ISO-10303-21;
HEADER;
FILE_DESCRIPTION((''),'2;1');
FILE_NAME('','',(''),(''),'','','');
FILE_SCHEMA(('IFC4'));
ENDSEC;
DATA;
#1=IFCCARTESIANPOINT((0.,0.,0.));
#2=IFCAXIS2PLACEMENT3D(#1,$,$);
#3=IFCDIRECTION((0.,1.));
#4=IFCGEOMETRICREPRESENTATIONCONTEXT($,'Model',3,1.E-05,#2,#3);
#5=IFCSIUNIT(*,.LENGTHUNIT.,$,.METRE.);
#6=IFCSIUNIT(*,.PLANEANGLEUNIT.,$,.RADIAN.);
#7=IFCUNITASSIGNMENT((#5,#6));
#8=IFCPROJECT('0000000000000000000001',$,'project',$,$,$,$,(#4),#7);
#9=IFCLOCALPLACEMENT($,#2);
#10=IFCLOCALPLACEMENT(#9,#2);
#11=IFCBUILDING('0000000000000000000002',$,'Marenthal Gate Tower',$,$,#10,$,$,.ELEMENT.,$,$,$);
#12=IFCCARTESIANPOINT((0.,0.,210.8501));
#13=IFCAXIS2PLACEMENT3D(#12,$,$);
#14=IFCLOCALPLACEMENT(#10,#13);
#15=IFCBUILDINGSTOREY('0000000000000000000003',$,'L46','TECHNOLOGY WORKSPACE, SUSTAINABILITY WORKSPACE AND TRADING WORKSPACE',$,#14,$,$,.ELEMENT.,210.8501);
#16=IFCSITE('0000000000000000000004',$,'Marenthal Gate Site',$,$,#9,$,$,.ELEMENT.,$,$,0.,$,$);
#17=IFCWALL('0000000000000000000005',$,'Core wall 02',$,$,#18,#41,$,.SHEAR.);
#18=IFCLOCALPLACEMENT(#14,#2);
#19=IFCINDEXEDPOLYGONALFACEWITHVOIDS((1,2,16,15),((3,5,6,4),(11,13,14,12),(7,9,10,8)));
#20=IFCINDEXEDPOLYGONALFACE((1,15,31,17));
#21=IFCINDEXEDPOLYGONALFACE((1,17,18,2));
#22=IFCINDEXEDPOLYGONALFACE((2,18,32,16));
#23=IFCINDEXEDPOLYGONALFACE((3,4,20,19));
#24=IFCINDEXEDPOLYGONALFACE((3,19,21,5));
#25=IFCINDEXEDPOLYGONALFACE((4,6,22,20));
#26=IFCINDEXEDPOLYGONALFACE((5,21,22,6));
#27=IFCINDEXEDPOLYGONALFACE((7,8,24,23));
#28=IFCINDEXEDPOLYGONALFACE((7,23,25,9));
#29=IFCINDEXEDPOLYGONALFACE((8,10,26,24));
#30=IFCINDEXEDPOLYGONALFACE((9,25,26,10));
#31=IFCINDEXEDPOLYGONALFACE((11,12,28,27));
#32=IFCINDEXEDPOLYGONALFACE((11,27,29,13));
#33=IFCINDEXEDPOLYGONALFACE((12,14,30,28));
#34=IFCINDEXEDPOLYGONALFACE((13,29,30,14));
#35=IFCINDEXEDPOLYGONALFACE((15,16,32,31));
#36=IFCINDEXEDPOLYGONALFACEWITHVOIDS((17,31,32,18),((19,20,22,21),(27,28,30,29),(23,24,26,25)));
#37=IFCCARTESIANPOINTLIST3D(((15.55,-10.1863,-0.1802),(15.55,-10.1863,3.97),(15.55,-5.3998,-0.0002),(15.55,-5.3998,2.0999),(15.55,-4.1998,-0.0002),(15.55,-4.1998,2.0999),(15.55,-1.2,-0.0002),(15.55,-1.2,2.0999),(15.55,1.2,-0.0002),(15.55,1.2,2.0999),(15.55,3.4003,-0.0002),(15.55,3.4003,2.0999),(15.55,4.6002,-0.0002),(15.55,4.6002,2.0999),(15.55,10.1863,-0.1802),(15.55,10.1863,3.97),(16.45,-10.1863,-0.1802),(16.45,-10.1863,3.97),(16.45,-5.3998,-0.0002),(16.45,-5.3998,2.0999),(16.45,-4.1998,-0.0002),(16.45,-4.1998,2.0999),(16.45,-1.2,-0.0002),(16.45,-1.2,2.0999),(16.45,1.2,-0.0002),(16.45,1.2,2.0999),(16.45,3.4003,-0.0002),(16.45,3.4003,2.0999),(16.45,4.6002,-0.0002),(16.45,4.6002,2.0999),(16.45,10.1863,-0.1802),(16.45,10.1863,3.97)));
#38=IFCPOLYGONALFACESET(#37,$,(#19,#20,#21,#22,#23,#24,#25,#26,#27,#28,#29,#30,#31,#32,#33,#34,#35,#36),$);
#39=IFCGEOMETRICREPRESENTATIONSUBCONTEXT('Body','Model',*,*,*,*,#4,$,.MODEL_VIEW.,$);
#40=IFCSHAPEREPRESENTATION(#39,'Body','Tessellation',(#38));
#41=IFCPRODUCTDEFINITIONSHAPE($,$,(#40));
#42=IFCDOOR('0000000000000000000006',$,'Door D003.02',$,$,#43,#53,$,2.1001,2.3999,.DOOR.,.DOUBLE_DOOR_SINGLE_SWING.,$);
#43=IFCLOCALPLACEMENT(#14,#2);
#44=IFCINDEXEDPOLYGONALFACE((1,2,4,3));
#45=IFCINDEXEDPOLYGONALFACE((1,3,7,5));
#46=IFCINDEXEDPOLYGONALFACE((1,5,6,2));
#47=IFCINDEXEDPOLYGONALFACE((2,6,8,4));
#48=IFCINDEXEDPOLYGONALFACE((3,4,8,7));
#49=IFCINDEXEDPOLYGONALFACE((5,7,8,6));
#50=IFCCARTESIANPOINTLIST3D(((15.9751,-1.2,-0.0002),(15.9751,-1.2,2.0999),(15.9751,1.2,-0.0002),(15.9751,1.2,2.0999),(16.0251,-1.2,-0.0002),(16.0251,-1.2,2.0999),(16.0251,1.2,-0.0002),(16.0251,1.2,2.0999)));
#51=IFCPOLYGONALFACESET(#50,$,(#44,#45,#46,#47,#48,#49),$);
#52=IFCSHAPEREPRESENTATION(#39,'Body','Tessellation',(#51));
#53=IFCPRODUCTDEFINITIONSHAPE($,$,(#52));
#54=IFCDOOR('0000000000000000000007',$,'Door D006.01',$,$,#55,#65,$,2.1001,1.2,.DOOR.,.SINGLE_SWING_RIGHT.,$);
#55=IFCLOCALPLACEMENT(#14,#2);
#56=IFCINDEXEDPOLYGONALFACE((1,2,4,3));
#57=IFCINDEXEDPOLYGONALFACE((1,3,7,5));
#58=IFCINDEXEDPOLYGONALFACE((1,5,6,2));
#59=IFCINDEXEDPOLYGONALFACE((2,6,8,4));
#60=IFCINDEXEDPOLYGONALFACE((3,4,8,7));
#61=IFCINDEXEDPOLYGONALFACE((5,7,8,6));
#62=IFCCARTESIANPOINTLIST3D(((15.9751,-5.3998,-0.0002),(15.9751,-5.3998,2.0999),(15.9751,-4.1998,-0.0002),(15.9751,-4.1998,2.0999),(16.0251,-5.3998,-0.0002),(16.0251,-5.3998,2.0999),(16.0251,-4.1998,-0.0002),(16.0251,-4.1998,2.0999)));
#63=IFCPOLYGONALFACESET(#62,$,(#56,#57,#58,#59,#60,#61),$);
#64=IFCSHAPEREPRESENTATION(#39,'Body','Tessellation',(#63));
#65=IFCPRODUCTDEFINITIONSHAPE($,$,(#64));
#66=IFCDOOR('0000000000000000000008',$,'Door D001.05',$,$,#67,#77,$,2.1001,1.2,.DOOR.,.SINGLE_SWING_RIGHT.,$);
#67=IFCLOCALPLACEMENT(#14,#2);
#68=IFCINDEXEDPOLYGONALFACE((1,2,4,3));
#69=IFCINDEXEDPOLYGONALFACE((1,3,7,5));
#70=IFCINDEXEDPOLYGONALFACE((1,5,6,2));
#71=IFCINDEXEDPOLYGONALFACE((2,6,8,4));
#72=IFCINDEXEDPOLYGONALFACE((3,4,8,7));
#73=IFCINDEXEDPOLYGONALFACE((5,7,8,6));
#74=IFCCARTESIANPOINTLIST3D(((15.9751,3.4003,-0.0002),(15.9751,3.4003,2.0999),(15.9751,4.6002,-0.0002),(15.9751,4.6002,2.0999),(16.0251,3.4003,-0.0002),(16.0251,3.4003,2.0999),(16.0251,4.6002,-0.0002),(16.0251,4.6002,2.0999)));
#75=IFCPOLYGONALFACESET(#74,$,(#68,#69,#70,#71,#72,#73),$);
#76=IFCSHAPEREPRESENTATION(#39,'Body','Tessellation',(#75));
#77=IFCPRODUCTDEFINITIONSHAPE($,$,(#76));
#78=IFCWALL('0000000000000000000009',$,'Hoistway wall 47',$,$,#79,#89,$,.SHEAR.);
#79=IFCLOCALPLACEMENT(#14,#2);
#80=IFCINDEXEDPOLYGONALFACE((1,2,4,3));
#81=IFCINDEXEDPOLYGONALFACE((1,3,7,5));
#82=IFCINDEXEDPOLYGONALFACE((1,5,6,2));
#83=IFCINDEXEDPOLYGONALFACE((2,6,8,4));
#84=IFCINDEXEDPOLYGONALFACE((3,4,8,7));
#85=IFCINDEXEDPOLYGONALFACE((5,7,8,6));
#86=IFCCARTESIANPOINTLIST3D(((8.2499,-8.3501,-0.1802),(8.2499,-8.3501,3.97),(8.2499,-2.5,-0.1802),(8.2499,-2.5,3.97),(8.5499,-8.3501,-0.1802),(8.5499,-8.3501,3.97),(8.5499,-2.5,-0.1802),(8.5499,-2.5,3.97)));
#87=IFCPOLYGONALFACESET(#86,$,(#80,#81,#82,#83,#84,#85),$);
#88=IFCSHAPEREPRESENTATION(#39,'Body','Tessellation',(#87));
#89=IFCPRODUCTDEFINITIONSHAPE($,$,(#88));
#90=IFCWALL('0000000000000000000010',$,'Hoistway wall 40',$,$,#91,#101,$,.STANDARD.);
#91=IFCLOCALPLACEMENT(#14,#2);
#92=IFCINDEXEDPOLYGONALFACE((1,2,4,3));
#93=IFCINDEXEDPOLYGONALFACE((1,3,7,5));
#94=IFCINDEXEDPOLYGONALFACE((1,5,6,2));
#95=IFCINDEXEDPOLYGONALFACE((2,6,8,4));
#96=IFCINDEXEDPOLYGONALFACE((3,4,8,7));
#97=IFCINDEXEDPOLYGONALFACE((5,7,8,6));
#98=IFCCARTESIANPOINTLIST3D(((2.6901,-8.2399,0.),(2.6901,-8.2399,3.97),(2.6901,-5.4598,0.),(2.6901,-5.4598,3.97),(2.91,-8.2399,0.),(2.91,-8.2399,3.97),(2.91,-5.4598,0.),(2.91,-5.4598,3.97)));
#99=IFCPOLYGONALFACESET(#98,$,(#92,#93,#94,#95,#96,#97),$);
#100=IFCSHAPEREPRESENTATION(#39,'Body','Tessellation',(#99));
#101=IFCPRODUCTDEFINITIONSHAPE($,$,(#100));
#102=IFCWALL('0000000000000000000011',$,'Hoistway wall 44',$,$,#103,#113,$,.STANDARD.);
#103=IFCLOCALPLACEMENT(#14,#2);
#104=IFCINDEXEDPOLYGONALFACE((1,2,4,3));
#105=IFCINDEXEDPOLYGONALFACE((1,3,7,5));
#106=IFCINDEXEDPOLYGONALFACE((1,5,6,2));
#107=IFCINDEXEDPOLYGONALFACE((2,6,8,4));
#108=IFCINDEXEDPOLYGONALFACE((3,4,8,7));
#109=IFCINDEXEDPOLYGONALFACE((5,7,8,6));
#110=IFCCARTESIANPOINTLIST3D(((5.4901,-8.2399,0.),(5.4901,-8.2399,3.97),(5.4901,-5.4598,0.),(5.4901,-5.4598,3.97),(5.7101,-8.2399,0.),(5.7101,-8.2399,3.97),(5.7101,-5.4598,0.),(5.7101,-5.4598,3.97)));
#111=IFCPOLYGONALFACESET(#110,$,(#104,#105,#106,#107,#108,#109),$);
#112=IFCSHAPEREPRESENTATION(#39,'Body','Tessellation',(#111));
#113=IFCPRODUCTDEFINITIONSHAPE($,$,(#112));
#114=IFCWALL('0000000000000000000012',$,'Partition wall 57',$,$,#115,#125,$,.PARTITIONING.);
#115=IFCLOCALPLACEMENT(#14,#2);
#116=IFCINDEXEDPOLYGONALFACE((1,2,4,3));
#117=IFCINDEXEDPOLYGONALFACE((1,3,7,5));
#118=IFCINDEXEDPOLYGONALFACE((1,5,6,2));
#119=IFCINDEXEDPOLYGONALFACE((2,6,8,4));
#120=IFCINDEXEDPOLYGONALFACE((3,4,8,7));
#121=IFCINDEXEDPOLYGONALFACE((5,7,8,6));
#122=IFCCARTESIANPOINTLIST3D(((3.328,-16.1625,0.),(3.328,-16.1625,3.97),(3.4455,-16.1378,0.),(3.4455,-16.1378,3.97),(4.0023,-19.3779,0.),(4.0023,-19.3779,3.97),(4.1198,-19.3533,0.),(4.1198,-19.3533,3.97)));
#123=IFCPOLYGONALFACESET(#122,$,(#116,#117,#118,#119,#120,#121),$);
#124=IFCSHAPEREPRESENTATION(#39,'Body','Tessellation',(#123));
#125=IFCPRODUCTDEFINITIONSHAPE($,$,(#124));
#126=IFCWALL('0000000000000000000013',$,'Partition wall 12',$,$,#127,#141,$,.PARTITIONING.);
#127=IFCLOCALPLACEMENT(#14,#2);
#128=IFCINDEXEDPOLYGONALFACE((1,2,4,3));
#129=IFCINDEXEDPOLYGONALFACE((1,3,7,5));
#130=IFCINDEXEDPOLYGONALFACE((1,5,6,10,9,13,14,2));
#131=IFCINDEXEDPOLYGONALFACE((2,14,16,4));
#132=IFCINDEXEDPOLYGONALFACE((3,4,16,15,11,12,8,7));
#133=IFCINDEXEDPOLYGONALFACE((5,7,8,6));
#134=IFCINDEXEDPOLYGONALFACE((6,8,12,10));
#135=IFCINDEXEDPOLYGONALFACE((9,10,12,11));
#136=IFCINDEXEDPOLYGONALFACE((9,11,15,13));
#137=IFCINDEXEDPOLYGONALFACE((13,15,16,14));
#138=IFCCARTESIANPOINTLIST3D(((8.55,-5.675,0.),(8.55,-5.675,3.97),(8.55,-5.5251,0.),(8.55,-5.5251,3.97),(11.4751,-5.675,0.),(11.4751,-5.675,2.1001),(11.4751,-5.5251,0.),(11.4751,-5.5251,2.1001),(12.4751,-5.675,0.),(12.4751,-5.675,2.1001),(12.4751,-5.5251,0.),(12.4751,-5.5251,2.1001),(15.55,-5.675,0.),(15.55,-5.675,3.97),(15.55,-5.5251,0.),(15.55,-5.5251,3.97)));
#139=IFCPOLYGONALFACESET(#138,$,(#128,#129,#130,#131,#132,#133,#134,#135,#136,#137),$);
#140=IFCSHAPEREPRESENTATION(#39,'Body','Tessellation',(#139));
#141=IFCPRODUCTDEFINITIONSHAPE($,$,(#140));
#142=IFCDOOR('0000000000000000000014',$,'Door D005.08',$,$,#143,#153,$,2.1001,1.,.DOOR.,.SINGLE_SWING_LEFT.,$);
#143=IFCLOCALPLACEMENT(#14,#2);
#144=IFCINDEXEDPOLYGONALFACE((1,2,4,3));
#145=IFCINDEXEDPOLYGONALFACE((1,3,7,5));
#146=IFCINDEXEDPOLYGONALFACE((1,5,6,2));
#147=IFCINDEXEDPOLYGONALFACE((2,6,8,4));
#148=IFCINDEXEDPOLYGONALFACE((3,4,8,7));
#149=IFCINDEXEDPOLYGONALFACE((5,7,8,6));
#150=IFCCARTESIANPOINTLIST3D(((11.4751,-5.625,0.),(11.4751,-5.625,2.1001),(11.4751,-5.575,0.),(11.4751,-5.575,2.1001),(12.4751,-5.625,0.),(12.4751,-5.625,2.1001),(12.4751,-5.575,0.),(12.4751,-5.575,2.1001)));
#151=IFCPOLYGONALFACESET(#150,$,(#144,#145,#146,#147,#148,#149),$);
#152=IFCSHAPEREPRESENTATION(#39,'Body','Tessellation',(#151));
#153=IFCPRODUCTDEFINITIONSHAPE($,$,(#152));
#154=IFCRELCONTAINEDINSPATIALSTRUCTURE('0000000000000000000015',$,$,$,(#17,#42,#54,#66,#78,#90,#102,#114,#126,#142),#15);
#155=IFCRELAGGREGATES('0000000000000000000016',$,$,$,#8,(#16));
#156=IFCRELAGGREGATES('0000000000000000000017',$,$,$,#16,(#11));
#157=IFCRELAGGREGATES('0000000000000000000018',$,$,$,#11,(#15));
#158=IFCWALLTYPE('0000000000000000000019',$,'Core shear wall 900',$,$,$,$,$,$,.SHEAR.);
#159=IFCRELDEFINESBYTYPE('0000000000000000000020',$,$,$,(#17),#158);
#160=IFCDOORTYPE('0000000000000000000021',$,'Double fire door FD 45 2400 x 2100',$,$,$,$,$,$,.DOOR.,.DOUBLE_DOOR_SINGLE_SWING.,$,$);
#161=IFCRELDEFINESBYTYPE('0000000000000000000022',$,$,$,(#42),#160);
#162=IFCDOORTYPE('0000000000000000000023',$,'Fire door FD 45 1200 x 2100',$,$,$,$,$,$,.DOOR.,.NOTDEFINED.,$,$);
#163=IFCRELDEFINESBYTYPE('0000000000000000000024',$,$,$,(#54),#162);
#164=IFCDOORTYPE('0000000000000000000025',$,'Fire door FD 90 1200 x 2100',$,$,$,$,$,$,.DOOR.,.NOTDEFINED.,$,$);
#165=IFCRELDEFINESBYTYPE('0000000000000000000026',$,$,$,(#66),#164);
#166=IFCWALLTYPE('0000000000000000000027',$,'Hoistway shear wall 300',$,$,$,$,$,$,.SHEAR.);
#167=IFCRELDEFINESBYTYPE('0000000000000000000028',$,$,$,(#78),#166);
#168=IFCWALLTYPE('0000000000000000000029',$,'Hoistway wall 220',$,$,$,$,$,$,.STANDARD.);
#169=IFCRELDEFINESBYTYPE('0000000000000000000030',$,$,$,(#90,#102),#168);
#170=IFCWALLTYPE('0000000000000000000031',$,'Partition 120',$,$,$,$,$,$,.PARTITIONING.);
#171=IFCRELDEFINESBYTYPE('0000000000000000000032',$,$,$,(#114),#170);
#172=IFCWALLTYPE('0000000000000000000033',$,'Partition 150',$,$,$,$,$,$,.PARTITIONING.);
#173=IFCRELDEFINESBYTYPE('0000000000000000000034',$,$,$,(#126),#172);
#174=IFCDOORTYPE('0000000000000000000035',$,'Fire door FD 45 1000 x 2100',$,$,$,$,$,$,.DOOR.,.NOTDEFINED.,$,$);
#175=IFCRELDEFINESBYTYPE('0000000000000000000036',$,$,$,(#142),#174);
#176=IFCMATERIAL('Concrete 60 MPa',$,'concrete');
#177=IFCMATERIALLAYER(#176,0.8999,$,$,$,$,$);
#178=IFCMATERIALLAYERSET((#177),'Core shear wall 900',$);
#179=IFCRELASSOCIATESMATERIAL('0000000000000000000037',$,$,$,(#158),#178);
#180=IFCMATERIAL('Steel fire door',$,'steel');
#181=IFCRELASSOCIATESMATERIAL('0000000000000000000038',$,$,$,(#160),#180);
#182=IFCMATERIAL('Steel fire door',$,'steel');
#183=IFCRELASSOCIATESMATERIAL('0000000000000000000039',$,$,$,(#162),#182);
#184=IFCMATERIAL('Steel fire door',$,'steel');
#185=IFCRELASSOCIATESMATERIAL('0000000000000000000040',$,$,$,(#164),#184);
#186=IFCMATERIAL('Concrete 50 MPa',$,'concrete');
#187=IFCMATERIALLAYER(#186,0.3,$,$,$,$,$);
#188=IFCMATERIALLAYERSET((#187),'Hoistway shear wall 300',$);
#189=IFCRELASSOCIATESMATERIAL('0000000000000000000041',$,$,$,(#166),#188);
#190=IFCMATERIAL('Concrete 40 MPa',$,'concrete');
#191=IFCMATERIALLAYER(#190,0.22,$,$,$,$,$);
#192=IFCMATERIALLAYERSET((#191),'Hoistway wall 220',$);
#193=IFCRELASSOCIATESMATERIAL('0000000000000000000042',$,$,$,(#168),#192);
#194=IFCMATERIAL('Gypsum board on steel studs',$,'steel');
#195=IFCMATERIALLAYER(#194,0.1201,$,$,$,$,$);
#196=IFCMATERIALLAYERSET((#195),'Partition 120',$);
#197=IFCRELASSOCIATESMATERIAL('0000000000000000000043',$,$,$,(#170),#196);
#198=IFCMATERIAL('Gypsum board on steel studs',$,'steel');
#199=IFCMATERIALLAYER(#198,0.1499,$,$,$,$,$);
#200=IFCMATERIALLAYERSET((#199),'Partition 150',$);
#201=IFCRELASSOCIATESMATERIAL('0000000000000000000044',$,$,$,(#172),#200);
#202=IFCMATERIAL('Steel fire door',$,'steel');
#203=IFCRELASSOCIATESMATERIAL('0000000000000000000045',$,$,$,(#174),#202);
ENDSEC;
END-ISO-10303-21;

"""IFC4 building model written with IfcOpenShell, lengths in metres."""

from ifc_helpers import new_model, si_unit, direction, frame, frame_2d, origin, place, context, subcontext, project, spatial, rectangle, extrude, material, layer, layer_set, type_object, element, fill, save


model = new_model("IFC4")

# Units and contexts
model_context = context("Model", 3, precision=1e-05, world=origin(), true_north=direction((0.0, 1.0)))
body_context = subcontext(model_context, "Body", "Model", "MODEL_VIEW")
ifc_project = project(units=[si_unit("LENGTHUNIT", "METRE"), si_unit("PLANEANGLEUNIT", "RADIAN")], contexts=[model_context])

# Site, building, storey
site_placement = place(None, origin())
site = spatial("IfcSite", under=ifc_project, at=site_placement, Name="Marenthal Gate Site", CompositionType="ELEMENT", RefElevation=0.0)
building_placement = place(site_placement, origin())
building = spatial("IfcBuilding", under=site, at=building_placement, Name="Marenthal Gate Tower", CompositionType="ELEMENT")
storey_placement = place(building_placement, frame((0.0, 0.0, 210.8501)))
storey = spatial("IfcBuildingStorey", under=building, at=storey_placement, Name="L46", Description="TECHNOLOGY WORKSPACE, SUSTAINABILITY WORKSPACE AND TRADING WORKSPACE", CompositionType="ELEMENT", Elevation=210.8501)

# Shared definitions
ifc_material_1 = material(Name="Concrete 60 MPa", Category="concrete")
ifc_layer_1 = layer(ifc_material_1, 0.8999)
ifc_layer_set_1 = layer_set([ifc_layer_1], Name="Core shear wall 900")
wall_type_1 = type_object("IfcWallType", Name="Core shear wall 900", PredefinedType="SHEAR", material=ifc_layer_set_1)

# Wall, openings, doors
wall_1_placement = place(storey_placement, frame((16.0, -10.1863, -0.1802), z_axis=(0.0, 0.0, 1.0), x_axis=(0.0, 1.0, 0.0)))
wall_1 = element("IfcWall", 1, at=wall_1_placement, inside=storey, type_object=wall_type_1, Name="Core wall 02", PredefinedType="SHEAR", context=body_context, shape_type="SweptSolid", body=[
    extrude(rectangle(XDim=20.3726, YDim=0.8999, at=frame_2d((10.1863, 0.0))), origin(), (0.0, 0.0, 1.0), 4.1501),
])
opening_1_placement = place(wall_1_placement, frame((8.9863, 0.0, 0.1799)))
opening_1 = element("IfcOpeningElement", 2, at=opening_1_placement, cuts=wall_1, PredefinedType="OPENING", context=body_context, shape_type="SweptSolid", body=[
    extrude(rectangle(XDim=2.3999, YDim=2.1001, at=frame_2d((1.2, 1.05))), frame((0.0, 0.46, 0.0), z_axis=(0.0, -1.0, 0.0), x_axis=(1.0, 0.0, 0.0)), (0.0, 0.0, 1.0), 0.9199),
])
opening_2_placement = place(wall_1_placement, frame((13.5864, 0.0, 0.1799)))
opening_2 = element("IfcOpeningElement", 3, at=opening_2_placement, cuts=wall_1, PredefinedType="OPENING", context=body_context, shape_type="SweptSolid", body=[
    extrude(rectangle(XDim=1.2, YDim=2.1001, at=frame_2d((0.6001, 1.05))), frame((0.0, 0.46, 0.0), z_axis=(0.0, -1.0, 0.0), x_axis=(1.0, 0.0, 0.0)), (0.0, 0.0, 1.0), 0.9199),
])
opening_3_placement = place(wall_1_placement, frame((4.7864, 0.0, 0.1799)))
opening_3 = element("IfcOpeningElement", 4, at=opening_3_placement, cuts=wall_1, PredefinedType="OPENING", context=body_context, shape_type="SweptSolid", body=[
    extrude(rectangle(XDim=1.2, YDim=2.1001, at=frame_2d((0.6001, 1.05))), frame((0.0, 0.46, 0.0), z_axis=(0.0, -1.0, 0.0), x_axis=(1.0, 0.0, 0.0)), (0.0, 0.0, 1.0), 0.9199),
])
ifc_material_2 = material(Name="Steel fire door", Category="steel")
door_type_1 = type_object("IfcDoorType", Name="Double fire door FD 45 2400 x 2100", OperationType="DOUBLE_DOOR_SINGLE_SWING", PredefinedType="DOOR", material=ifc_material_2)
door_1_placement = place(opening_1_placement, origin())
door_1 = element("IfcDoor", 5, at=door_1_placement, inside=storey, type_object=door_type_1, Name="Door D003.02", OperationType="DOUBLE_DOOR_SINGLE_SWING", OverallHeight=2.1001, OverallWidth=2.3999, PredefinedType="DOOR", context=body_context, shape_type="SweptSolid", body=[
    extrude(rectangle(XDim=2.3999, YDim=2.1001, at=frame_2d((1.2, 1.05))), frame((0.0, 0.0249, 0.0), z_axis=(0.0, -1.0, 0.0), x_axis=(1.0, 0.0, 0.0)), (0.0, 0.0, 1.0), 0.05),
])
fill(opening_1, door_1)
ifc_material_3 = material(Name="Steel fire door", Category="steel")
door_type_2 = type_object("IfcDoorType", Name="Fire door FD 45 1200 x 2100", OperationType="NOTDEFINED", PredefinedType="DOOR", material=ifc_material_3)
door_2_placement = place(opening_3_placement, origin())
door_2 = element("IfcDoor", 6, at=door_2_placement, inside=storey, type_object=door_type_2, Name="Door D006.01", OperationType="SINGLE_SWING_RIGHT", OverallHeight=2.1001, OverallWidth=1.2, PredefinedType="DOOR", context=body_context, shape_type="SweptSolid", body=[
    extrude(rectangle(XDim=1.2, YDim=2.1001, at=frame_2d((0.6001, 1.05))), frame((0.0, 0.0249, 0.0), z_axis=(0.0, -1.0, 0.0), x_axis=(1.0, 0.0, 0.0)), (0.0, 0.0, 1.0), 0.05),
])
fill(opening_3, door_2)
ifc_material_4 = material(Name="Steel fire door", Category="steel")
door_type_3 = type_object("IfcDoorType", Name="Fire door FD 90 1200 x 2100", OperationType="NOTDEFINED", PredefinedType="DOOR", material=ifc_material_4)
door_3_placement = place(opening_2_placement, origin())
door_3 = element("IfcDoor", 7, at=door_3_placement, inside=storey, type_object=door_type_3, Name="Door D001.05", OperationType="SINGLE_SWING_RIGHT", OverallHeight=2.1001, OverallWidth=1.2, PredefinedType="DOOR", context=body_context, shape_type="SweptSolid", body=[
    extrude(rectangle(XDim=1.2, YDim=2.1001, at=frame_2d((0.6001, 1.05))), frame((0.0, 0.0249, 0.0), z_axis=(0.0, -1.0, 0.0), x_axis=(1.0, 0.0, 0.0)), (0.0, 0.0, 1.0), 0.05),
])
fill(opening_2, door_3)

# Walls
ifc_material_5 = material(Name="Concrete 50 MPa", Category="concrete")
ifc_layer_2 = layer(ifc_material_5, 0.3)
ifc_layer_set_2 = layer_set([ifc_layer_2], Name="Hoistway shear wall 300")
wall_type_2 = type_object("IfcWallType", Name="Hoistway shear wall 300", PredefinedType="SHEAR", material=ifc_layer_set_2)
wall_2_placement = place(storey_placement, frame((8.3999, -8.3501, -0.1802), z_axis=(0.0, 0.0, 1.0), x_axis=(0.0, 1.0, 0.0)))
element("IfcWall", 8, at=wall_2_placement, inside=storey, type_object=wall_type_2, Name="Hoistway wall 47", PredefinedType="SHEAR", context=body_context, shape_type="SweptSolid", body=[
    extrude(rectangle(XDim=5.8501, YDim=0.3, at=frame_2d((2.925, 0.0))), origin(), (0.0, 0.0, 1.0), 4.1501),
])
ifc_material_6 = material(Name="Concrete 40 MPa", Category="concrete")
ifc_layer_3 = layer(ifc_material_6, 0.22)
ifc_layer_set_3 = layer_set([ifc_layer_3], Name="Hoistway wall 220")
wall_type_3 = type_object("IfcWallType", Name="Hoistway wall 220", PredefinedType="STANDARD", material=ifc_layer_set_3)
for number, where, z_axis, x_axis, name in (
    (9, (2.8, -8.24, 0.0), (0.0, 0.0, 1.0), (0.0, 1.0, 0.0), "Hoistway wall 40"),
    (10, (5.6001, -8.24, 0.0), (0.0, 0.0, 1.0), (0.0, 1.0, 0.0), "Hoistway wall 44"),
):
    element("IfcWall", number, at=place(storey_placement, frame(where, z_axis=z_axis, x_axis=x_axis)), inside=storey, type_object=wall_type_3, Name=name, PredefinedType="STANDARD", context=body_context, shape_type="SweptSolid", body=[
        extrude(rectangle(XDim=2.78, YDim=0.22, at=frame_2d((1.3901, 0.0))), origin(), (0.0, 0.0, 1.0), 3.97),
    ])
ifc_material_7 = material(Name="Gypsum board on steel studs", Category="steel")
ifc_layer_4 = layer(ifc_material_7, 0.1201)
ifc_layer_set_4 = layer_set([ifc_layer_4], Name="Partition 120")
wall_type_4 = type_object("IfcWallType", Name="Partition 120", PredefinedType="PARTITIONING", material=ifc_layer_set_4)
wall_3_placement = place(storey_placement, frame((4.061, -19.3655, 0.0), z_axis=(0.0, 0.0, 1.0), x_axis=(-0.205239, 0.978712, 0.0)))
element("IfcWall", 11, at=wall_3_placement, inside=storey, type_object=wall_type_4, Name="Partition wall 57", PredefinedType="PARTITIONING", context=body_context, shape_type="SweptSolid", body=[
    extrude(rectangle(XDim=3.2854, YDim=0.1201, at=frame_2d((1.6426, 0.0))), origin(), (0.0, 0.0, 1.0), 3.97),
])

# Wall, opening, door
ifc_material_8 = material(Name="Gypsum board on steel studs", Category="steel")
ifc_layer_5 = layer(ifc_material_8, 0.1499)
ifc_layer_set_5 = layer_set([ifc_layer_5], Name="Partition 150")
wall_type_5 = type_object("IfcWallType", Name="Partition 150", PredefinedType="PARTITIONING", material=ifc_layer_set_5)
wall_4_placement = place(storey_placement, frame((8.55, -5.6001, 0.0), z_axis=(0.0, 0.0, 1.0), x_axis=(1.0, 0.0, 0.0)))
wall_4 = element("IfcWall", 12, at=wall_4_placement, inside=storey, type_object=wall_type_5, Name="Partition wall 12", PredefinedType="PARTITIONING", context=body_context, shape_type="SweptSolid", body=[
    extrude(rectangle(XDim=7.0, YDim=0.1499, at=frame_2d((3.5, 0.0))), origin(), (0.0, 0.0, 1.0), 3.97),
])
opening_4_placement = place(wall_4_placement, frame((2.925, 0.0, 0.0)))
opening_4 = element("IfcOpeningElement", 13, at=opening_4_placement, cuts=wall_4, PredefinedType="OPENING", context=body_context, shape_type="SweptSolid", body=[
    extrude(rectangle(XDim=1.0, YDim=2.1001, at=frame_2d((0.5, 1.05))), frame((0.0, 0.085, 0.0), z_axis=(0.0, -1.0, 0.0), x_axis=(1.0, 0.0, 0.0)), (0.0, 0.0, 1.0), 0.1699),
])
ifc_material_9 = material(Name="Steel fire door", Category="steel")
door_type_4 = type_object("IfcDoorType", Name="Fire door FD 45 1000 x 2100", OperationType="NOTDEFINED", PredefinedType="DOOR", material=ifc_material_9)
door_4_placement = place(opening_4_placement, frame((1.0, 0.0, 0.0), z_axis=(0.0, 0.0, 1.0), x_axis=(-1.0, 0.0, 0.0)))
door_4 = element("IfcDoor", 14, at=door_4_placement, inside=storey, type_object=door_type_4, Name="Door D005.08", OperationType="SINGLE_SWING_LEFT", OverallHeight=2.1001, OverallWidth=1.0, PredefinedType="DOOR", context=body_context, shape_type="SweptSolid", body=[
    extrude(rectangle(XDim=1.0, YDim=2.1001, at=frame_2d((0.5, 1.05))), frame((0.0, 0.0249, 0.0), z_axis=(0.0, -1.0, 0.0), x_axis=(1.0, 0.0, 0.0)), (0.0, 0.0, 1.0), 0.05),
])
fill(opening_4, door_4)

save(model, "model.ifc")
